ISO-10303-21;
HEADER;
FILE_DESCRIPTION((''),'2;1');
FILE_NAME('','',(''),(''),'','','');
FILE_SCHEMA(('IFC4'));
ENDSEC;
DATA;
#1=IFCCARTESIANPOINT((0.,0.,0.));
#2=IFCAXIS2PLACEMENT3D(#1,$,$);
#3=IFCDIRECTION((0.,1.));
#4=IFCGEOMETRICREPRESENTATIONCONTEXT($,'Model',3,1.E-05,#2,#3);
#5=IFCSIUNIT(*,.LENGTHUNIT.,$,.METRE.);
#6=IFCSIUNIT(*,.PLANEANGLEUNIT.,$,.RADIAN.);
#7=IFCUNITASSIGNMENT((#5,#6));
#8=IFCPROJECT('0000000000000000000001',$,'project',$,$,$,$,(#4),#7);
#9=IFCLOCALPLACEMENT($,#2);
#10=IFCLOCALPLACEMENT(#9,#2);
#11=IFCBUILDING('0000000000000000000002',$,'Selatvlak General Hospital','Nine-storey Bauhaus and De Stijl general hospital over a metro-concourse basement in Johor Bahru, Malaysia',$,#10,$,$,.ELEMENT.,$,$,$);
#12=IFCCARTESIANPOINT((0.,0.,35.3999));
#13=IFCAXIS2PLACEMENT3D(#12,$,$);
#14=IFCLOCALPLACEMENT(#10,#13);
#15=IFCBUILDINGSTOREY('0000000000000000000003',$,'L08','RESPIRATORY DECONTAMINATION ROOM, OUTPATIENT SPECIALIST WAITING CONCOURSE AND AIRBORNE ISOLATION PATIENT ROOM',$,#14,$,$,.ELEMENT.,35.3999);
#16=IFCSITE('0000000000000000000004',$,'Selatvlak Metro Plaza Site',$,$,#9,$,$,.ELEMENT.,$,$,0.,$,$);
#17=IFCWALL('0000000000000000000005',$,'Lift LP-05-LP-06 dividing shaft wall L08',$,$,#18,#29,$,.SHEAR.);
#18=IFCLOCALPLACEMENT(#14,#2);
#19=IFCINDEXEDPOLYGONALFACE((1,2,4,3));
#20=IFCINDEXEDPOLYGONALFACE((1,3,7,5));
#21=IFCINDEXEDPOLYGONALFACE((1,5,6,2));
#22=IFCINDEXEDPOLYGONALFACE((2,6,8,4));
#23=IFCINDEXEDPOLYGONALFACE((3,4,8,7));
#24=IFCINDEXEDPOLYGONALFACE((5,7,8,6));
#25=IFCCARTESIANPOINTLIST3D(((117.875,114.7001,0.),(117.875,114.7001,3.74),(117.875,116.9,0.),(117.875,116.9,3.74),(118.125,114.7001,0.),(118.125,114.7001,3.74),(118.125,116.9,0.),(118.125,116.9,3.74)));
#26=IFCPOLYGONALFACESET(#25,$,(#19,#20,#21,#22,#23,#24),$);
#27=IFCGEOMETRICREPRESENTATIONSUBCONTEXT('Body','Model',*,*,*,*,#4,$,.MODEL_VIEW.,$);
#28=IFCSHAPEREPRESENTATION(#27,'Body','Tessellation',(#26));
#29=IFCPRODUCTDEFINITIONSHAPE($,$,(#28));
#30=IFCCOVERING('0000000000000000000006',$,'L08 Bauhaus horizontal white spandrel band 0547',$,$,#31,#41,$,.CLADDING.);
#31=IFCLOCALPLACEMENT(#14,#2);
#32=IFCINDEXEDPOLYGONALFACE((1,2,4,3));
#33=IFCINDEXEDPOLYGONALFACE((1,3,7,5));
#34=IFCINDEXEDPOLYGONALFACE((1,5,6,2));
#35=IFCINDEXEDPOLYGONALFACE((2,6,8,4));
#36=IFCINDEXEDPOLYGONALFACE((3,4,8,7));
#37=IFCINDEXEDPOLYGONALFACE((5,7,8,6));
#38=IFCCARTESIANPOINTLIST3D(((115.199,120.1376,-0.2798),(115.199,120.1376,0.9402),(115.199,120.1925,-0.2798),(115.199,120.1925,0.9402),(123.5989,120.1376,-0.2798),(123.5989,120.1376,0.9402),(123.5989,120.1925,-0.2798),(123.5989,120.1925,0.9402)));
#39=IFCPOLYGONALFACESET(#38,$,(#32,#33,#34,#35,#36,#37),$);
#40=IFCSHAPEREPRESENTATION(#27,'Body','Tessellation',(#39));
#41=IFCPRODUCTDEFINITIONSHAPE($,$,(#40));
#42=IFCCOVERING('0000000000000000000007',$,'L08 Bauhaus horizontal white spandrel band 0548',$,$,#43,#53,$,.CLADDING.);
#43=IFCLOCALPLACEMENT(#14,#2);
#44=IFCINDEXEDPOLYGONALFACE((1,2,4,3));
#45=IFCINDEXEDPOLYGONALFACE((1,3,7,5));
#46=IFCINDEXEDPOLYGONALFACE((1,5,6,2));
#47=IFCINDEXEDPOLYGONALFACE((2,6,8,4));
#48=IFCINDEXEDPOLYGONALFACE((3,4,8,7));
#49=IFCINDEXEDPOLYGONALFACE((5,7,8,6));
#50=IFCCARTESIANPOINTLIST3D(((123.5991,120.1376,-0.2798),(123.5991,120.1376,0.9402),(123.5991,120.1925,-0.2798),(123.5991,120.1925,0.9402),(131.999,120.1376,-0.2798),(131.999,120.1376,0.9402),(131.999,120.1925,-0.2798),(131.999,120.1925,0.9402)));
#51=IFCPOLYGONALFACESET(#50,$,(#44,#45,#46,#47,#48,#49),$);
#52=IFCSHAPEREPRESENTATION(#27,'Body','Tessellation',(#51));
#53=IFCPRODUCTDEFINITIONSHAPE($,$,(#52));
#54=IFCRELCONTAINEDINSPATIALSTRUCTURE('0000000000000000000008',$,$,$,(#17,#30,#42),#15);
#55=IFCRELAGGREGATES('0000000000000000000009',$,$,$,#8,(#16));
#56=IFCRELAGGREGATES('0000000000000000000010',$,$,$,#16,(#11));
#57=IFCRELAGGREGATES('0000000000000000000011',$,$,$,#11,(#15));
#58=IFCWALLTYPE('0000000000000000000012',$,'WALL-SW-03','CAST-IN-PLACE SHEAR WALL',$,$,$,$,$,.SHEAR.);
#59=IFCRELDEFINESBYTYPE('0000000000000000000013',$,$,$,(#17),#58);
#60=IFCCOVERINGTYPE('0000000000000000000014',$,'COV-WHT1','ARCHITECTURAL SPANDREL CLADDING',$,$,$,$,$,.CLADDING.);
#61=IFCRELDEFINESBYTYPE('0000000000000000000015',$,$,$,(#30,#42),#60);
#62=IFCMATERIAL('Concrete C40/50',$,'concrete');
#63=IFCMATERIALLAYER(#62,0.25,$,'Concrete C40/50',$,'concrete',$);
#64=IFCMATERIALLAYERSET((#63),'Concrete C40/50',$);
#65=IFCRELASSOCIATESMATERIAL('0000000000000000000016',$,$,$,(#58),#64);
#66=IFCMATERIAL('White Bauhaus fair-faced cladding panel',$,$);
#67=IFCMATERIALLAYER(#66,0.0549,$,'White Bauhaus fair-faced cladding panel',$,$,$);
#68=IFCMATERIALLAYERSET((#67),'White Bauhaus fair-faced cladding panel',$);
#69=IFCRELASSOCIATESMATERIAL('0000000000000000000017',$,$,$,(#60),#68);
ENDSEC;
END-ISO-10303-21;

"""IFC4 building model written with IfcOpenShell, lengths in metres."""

from ifc_helpers import new_model, si_unit, direction, frame, frame_2d, origin, origin_2d, place, context, subcontext, project, spatial, rectangle, extrude, material, layer, layer_set, type_object, element, save


model = new_model("IFC4")

# Units and contexts
model_context = context("Model", 3, precision=1e-05, world=origin(), true_north=direction((0.0, 1.0)))
body_context = subcontext(model_context, "Body", "Model", "MODEL_VIEW")
ifc_project = project(units=[si_unit("LENGTHUNIT", "METRE"), si_unit("PLANEANGLEUNIT", "RADIAN")], contexts=[model_context])

# Site, building, storey
site_placement = place(None, origin())
site = spatial("IfcSite", under=ifc_project, at=site_placement, Name="Selatvlak Metro Plaza Site", CompositionType="ELEMENT", RefElevation=0.0)
building_placement = place(site_placement, origin())
building = spatial("IfcBuilding", under=site, at=building_placement, Name="Selatvlak General Hospital", Description="Nine-storey Bauhaus and De Stijl general hospital over a metro-concourse basement in Johor Bahru, Malaysia", CompositionType="ELEMENT")
storey_placement = place(building_placement, frame((0.0, 0.0, 35.3999)))
storey = spatial("IfcBuildingStorey", under=building, at=storey_placement, Name="L08", Description="RESPIRATORY DECONTAMINATION ROOM, OUTPATIENT SPECIALIST WAITING CONCOURSE AND AIRBORNE ISOLATION PATIENT ROOM", CompositionType="ELEMENT", Elevation=35.3999)

# Shared definitions
ifc_material_1 = material(Name="Concrete C40/50", Category="concrete")

# Shared definitions
ifc_layer_1 = layer(ifc_material_1, 0.25, Name="Concrete C40/50", Category="concrete")
ifc_layer_set_1 = layer_set([ifc_layer_1], Name="Concrete C40/50")
wall_type_1 = type_object("IfcWallType", Name="WALL-SW-03", Description="CAST-IN-PLACE SHEAR WALL", PredefinedType="SHEAR", material=ifc_layer_set_1)

# Wall
wall_1_placement = place(storey_placement, frame((118.0, 114.7, 0.0), z_axis=(0.0, 0.0, 1.0), x_axis=(0.0, 1.0, 0.0)))
element("IfcWall", 1, at=wall_1_placement, inside=storey, type_object=wall_type_1, Name="Lift LP-05-LP-06 dividing shaft wall L08", PredefinedType="SHEAR", context=body_context, shape_type="SweptSolid", body=[
    extrude(rectangle(XDim=2.2, YDim=0.25, at=frame_2d((1.1001, 0.0))), origin(), (0.0, 0.0, 1.0), 3.74),
])

# Coverings
ifc_material_2 = material(Name="White Bauhaus fair-faced cladding panel")
ifc_layer_2 = layer(ifc_material_2, 0.0549, Name="White Bauhaus fair-faced cladding panel")
ifc_layer_set_2 = layer_set([ifc_layer_2], Name="White Bauhaus fair-faced cladding panel")
covering_type = type_object("IfcCoveringType", Name="COV-WHT1", Description="ARCHITECTURAL SPANDREL CLADDING", PredefinedType="CLADDING", material=ifc_layer_set_2)
for number, where, z_axis, x_axis, name in (
    (2, (119.3989, 120.165, -0.2798), (0.0, 0.0, 1.0), (1.0, 0.0, 0.0), "L08 Bauhaus horizontal white spandrel band 0547"),
    (3, (127.7991, 120.165, -0.2798), (0.0, 0.0, 1.0), (1.0, 0.0, 0.0), "L08 Bauhaus horizontal white spandrel band 0548"),
):
    element("IfcCovering", number, at=place(storey_placement, frame(where, z_axis=z_axis, x_axis=x_axis)), inside=storey, type_object=covering_type, Name=name, PredefinedType="CLADDING", context=body_context, shape_type="SweptSolid", body=[
        extrude(rectangle(XDim=8.3999, YDim=0.0549, at=origin_2d()), origin(), (0.0, 0.0, 1.0), 1.22),
    ])

save(model, "model.ifc")
